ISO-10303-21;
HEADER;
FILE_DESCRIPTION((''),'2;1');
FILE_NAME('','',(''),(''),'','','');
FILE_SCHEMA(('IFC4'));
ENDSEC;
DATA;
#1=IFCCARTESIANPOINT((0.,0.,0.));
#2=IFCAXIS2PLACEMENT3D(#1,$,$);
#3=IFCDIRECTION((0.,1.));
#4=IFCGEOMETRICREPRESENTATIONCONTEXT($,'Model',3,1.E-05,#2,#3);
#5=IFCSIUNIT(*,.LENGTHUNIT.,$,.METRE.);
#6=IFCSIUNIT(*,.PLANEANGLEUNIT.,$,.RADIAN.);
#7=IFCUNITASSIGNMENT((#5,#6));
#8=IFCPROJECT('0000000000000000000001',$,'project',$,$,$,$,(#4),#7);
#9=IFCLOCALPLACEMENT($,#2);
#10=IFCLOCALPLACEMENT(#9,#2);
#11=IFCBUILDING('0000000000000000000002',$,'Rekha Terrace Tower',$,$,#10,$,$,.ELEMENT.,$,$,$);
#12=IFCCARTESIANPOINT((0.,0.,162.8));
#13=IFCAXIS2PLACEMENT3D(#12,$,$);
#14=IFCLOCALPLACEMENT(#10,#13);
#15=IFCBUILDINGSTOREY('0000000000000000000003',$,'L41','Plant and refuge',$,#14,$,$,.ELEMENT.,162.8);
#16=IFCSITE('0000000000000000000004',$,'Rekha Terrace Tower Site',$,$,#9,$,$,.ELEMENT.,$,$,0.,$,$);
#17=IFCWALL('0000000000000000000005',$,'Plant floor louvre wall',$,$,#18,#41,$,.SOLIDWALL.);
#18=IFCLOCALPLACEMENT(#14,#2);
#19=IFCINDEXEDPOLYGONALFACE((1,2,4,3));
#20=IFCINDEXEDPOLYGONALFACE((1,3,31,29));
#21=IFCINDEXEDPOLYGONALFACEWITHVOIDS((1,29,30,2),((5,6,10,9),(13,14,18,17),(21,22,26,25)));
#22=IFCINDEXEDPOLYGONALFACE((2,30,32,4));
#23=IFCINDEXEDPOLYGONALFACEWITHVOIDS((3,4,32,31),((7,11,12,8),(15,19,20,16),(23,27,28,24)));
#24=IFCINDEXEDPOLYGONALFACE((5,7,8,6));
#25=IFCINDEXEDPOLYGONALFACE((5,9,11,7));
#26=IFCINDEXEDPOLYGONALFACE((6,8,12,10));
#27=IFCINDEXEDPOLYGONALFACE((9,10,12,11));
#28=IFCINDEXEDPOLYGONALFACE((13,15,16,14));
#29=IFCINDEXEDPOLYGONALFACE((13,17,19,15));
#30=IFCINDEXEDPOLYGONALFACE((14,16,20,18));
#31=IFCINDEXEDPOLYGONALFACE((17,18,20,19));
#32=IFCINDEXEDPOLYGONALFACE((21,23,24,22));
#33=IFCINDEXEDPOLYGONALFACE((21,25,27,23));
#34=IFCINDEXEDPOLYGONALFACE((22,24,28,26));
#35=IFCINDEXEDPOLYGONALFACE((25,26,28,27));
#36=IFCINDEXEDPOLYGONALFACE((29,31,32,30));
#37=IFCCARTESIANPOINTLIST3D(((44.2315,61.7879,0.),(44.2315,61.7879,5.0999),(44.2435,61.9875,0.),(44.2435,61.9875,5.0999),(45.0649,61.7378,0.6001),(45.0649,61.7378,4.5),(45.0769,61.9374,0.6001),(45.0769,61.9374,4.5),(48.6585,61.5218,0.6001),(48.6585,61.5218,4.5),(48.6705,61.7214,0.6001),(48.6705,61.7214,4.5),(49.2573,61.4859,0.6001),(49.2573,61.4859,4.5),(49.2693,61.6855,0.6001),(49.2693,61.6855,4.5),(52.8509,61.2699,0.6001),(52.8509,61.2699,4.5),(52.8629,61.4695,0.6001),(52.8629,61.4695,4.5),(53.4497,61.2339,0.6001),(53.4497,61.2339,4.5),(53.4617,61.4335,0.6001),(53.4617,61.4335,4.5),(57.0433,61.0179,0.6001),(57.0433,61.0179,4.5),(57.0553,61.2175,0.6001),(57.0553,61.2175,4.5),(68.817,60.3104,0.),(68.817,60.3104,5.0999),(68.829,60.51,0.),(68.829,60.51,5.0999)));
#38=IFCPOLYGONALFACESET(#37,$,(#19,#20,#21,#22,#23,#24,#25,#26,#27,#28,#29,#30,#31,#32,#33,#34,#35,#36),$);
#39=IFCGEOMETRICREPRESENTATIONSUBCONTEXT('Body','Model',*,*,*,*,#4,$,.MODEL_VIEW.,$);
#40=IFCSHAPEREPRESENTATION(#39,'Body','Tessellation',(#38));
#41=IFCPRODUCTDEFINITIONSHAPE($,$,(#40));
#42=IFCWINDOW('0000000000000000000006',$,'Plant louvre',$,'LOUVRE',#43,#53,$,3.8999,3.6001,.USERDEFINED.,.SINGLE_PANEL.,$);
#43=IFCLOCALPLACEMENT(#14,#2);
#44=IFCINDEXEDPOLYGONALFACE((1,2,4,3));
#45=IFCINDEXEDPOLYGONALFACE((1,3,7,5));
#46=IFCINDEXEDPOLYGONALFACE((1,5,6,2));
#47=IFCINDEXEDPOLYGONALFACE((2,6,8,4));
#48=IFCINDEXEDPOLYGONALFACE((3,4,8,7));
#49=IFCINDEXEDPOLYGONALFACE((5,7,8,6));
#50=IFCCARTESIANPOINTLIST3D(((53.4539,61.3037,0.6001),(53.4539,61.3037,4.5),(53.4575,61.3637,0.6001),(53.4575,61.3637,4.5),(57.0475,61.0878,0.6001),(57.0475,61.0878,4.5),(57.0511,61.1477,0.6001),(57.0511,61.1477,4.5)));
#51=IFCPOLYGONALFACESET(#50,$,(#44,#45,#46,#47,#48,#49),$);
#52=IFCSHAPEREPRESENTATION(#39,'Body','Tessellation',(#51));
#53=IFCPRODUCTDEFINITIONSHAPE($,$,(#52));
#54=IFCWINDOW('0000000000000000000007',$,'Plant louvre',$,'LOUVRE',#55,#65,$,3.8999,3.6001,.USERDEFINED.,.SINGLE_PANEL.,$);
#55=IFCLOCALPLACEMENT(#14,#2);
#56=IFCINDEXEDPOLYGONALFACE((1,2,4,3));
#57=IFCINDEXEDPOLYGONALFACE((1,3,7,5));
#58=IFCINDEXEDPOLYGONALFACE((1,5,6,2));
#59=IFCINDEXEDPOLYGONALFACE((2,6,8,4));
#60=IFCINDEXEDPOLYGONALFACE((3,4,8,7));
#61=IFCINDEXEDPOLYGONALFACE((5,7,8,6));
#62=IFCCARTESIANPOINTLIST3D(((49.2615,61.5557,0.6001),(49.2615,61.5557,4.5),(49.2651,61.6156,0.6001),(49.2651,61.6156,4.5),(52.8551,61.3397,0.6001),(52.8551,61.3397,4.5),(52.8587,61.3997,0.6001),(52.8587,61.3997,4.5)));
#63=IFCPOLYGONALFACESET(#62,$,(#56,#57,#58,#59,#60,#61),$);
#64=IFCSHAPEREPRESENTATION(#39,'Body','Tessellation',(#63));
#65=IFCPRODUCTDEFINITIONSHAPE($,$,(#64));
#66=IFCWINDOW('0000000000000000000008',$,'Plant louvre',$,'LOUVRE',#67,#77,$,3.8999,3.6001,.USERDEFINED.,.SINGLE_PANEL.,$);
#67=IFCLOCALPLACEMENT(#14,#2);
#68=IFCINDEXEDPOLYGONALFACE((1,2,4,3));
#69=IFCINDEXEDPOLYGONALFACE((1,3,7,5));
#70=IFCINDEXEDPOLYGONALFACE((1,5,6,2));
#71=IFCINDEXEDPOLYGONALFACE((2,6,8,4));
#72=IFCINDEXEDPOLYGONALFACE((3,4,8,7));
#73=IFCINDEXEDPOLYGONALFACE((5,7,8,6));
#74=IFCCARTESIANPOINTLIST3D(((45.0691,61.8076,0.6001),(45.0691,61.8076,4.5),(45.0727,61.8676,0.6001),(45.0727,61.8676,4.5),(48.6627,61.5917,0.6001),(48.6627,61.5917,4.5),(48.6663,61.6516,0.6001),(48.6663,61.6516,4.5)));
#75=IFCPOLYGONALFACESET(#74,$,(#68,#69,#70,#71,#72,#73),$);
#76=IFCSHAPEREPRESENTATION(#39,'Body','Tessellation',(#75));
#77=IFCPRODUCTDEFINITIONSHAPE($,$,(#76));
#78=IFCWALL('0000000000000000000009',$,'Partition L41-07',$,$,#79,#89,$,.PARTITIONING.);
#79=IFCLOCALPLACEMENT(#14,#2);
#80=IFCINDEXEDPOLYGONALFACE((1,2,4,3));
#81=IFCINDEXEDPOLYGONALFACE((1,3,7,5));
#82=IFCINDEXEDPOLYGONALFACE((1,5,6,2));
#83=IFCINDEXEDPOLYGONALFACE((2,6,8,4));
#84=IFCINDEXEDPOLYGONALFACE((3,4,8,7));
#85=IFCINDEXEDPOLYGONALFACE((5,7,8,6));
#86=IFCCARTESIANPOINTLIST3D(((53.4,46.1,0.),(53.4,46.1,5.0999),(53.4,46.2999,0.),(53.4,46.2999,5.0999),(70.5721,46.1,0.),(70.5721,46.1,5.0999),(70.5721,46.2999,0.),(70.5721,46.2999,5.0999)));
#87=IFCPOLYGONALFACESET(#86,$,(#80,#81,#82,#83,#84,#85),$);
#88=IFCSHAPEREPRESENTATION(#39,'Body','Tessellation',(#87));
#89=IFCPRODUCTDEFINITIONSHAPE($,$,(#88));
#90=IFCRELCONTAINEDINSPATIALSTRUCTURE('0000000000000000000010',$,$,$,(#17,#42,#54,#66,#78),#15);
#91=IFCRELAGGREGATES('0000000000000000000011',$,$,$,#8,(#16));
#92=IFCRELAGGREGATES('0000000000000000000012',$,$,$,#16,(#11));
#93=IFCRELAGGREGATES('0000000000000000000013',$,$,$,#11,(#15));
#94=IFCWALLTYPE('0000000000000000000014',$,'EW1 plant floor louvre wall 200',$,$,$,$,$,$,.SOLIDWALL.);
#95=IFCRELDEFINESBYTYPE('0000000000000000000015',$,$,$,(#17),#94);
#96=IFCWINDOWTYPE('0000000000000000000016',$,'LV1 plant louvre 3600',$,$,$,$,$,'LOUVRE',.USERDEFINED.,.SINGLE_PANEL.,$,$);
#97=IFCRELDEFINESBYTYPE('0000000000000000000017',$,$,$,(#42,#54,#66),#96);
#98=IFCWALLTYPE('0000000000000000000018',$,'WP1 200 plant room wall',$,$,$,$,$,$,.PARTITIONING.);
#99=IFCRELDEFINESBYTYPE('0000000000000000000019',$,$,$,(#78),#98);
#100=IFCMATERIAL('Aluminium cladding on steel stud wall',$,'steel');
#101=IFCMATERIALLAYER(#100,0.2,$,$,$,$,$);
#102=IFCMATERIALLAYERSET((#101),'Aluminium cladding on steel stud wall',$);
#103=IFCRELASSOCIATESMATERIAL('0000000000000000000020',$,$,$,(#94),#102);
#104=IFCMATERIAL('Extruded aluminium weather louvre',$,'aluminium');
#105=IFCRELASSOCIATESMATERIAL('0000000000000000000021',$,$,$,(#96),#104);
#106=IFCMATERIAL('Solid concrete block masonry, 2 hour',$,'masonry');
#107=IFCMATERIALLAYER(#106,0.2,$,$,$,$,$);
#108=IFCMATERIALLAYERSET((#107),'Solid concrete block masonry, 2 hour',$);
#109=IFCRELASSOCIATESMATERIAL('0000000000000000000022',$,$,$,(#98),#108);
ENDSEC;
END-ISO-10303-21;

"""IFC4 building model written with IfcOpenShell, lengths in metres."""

from ifc_helpers import new_model, si_unit, direction, frame, frame_2d, origin, place, context, subcontext, project, spatial, rectangle, extrude, material, layer, layer_set, type_object, element, fill, save


model = new_model("IFC4")

# Units and contexts
model_context = context("Model", 3, precision=1e-05, world=origin(), true_north=direction((0.0, 1.0)))
body_context = subcontext(model_context, "Body", "Model", "MODEL_VIEW")
ifc_project = project(units=[si_unit("LENGTHUNIT", "METRE"), si_unit("PLANEANGLEUNIT", "RADIAN")], contexts=[model_context])

# Site, building, storey
site_placement = place(None, origin())
site = spatial("IfcSite", under=ifc_project, at=site_placement, Name="Rekha Terrace Tower Site", CompositionType="ELEMENT", RefElevation=0.0)
building_placement = place(site_placement, origin())
building = spatial("IfcBuilding", under=site, at=building_placement, Name="Rekha Terrace Tower", CompositionType="ELEMENT")
storey_placement = place(building_placement, frame((0.0, 0.0, 162.8)))
storey = spatial("IfcBuildingStorey", under=building, at=storey_placement, Name="L41", Description="Plant and refuge", CompositionType="ELEMENT", Elevation=162.8)

# Wall, openings, windows
ifc_material_1 = material(Name="Aluminium cladding on steel stud wall", Category="steel")
ifc_layer_1 = layer(ifc_material_1, 0.2)
ifc_layer_set_1 = layer_set([ifc_layer_1], Name="Aluminium cladding on steel stud wall")
wall_type_1 = type_object("IfcWallType", Name="EW1 plant floor louvre wall 200", PredefinedType="SOLIDWALL", material=ifc_layer_set_1)
ifc_material_2 = material(Name="Extruded aluminium weather louvre", Category="aluminium")
window_type = type_object("IfcWindowType", Name="LV1 plant louvre 3600", ElementType="LOUVRE", PartitioningType="SINGLE_PANEL", PredefinedType="USERDEFINED", material=ifc_material_2)
wall_1_placement = place(storey_placement, frame((68.823, 60.4102, 0.0), z_axis=(0.0, 0.0, 1.0), x_axis=(-0.998199, 0.05999, 0.0)))
wall_1 = element("IfcWall", 1, at=wall_1_placement, inside=storey, type_object=wall_type_1, Name="Plant floor louvre wall", PredefinedType="SOLIDWALL", context=body_context, shape_type="SweptSolid", body=[
    extrude(rectangle(XDim=24.6299, YDim=0.2, at=frame_2d((12.3149, 0.0))), origin(), (0.0, 0.0, 1.0), 5.0999),
])
opening_1_placement = place(wall_1_placement, frame((11.7949, 0.0, 0.6001)))
opening_1 = element("IfcOpeningElement", 2, at=opening_1_placement, cuts=wall_1, PredefinedType="OPENING", context=body_context, shape_type="SweptSolid", body=[
    extrude(rectangle(XDim=3.6001, YDim=3.8999, at=frame_2d((1.8, 1.95))), frame((0.0, 0.1099, 0.0), z_axis=(0.0, -1.0, 0.0), x_axis=(1.0, 0.0, 0.0)), (0.0, 0.0, 1.0), 0.22),
])
opening_2_placement = place(wall_1_placement, frame((15.9949, 0.0, 0.6001)))
opening_2 = element("IfcOpeningElement", 3, at=opening_2_placement, cuts=wall_1, PredefinedType="OPENING", context=body_context, shape_type="SweptSolid", body=[
    extrude(rectangle(XDim=3.6001, YDim=3.8999, at=frame_2d((1.8, 1.95))), frame((0.0, 0.1099, 0.0), z_axis=(0.0, -1.0, 0.0), x_axis=(1.0, 0.0, 0.0)), (0.0, 0.0, 1.0), 0.22),
])
opening_3_placement = place(wall_1_placement, frame((20.1948, 0.0, 0.6001)))
opening_3 = element("IfcOpeningElement", 4, at=opening_3_placement, cuts=wall_1, PredefinedType="OPENING", context=body_context, shape_type="SweptSolid", body=[
    extrude(rectangle(XDim=3.6001, YDim=3.8999, at=frame_2d((1.8, 1.95))), frame((0.0, 0.1099, 0.0), z_axis=(0.0, -1.0, 0.0), x_axis=(1.0, 0.0, 0.0)), (0.0, 0.0, 1.0), 0.22),
])
window_1_placement = place(opening_1_placement, origin())
window_1 = element("IfcWindow", 5, at=window_1_placement, inside=storey, type_object=window_type, Name="Plant louvre", ObjectType="LOUVRE", OverallHeight=3.8999, OverallWidth=3.6001, PartitioningType="SINGLE_PANEL", PredefinedType="USERDEFINED", context=body_context, shape_type="SweptSolid", body=[
    extrude(rectangle(XDim=3.6001, YDim=3.8999, at=frame_2d((1.8, 1.95))), frame((0.0, 0.03, 0.0), z_axis=(0.0, -1.0, 0.0), x_axis=(1.0, 0.0, 0.0)), (0.0, 0.0, 1.0), 0.0601),
])
fill(opening_1, window_1)
window_2_placement = place(opening_2_placement, origin())
window_2 = element("IfcWindow", 6, at=window_2_placement, inside=storey, type_object=window_type, Name="Plant louvre", ObjectType="LOUVRE", OverallHeight=3.8999, OverallWidth=3.6001, PartitioningType="SINGLE_PANEL", PredefinedType="USERDEFINED", context=body_context, shape_type="SweptSolid", body=[
    extrude(rectangle(XDim=3.6001, YDim=3.8999, at=frame_2d((1.8, 1.95))), frame((0.0, 0.03, 0.0), z_axis=(0.0, -1.0, 0.0), x_axis=(1.0, 0.0, 0.0)), (0.0, 0.0, 1.0), 0.0601),
])
fill(opening_2, window_2)
window_3_placement = place(opening_3_placement, origin())
window_3 = element("IfcWindow", 7, at=window_3_placement, inside=storey, type_object=window_type, Name="Plant louvre", ObjectType="LOUVRE", OverallHeight=3.8999, OverallWidth=3.6001, PartitioningType="SINGLE_PANEL", PredefinedType="USERDEFINED", context=body_context, shape_type="SweptSolid", body=[
    extrude(rectangle(XDim=3.6001, YDim=3.8999, at=frame_2d((1.8, 1.95))), frame((0.0, 0.03, 0.0), z_axis=(0.0, -1.0, 0.0), x_axis=(1.0, 0.0, 0.0)), (0.0, 0.0, 1.0), 0.0601),
])
fill(opening_3, window_3)

# Wall
ifc_material_3 = material(Name="Solid concrete block masonry, 2 hour", Category="masonry")
ifc_layer_2 = layer(ifc_material_3, 0.2)
ifc_layer_set_2 = layer_set([ifc_layer_2], Name="Solid concrete block masonry, 2 hour")
wall_type_2 = type_object("IfcWallType", Name="WP1 200 plant room wall", PredefinedType="PARTITIONING", material=ifc_layer_set_2)
wall_2_placement = place(storey_placement, frame((70.572, 46.2, 0.0), z_axis=(0.0, 0.0, 1.0), x_axis=(-1.0, 0.0, 0.0)))
element("IfcWall", 8, at=wall_2_placement, inside=storey, type_object=wall_type_2, Name="Partition L41-07", PredefinedType="PARTITIONING", context=body_context, shape_type="SweptSolid", body=[
    extrude(rectangle(XDim=17.1721, YDim=0.2, at=frame_2d((8.5859, 0.0))), origin(), (0.0, 0.0, 1.0), 5.0999),
])

save(model, "model.ifc")
